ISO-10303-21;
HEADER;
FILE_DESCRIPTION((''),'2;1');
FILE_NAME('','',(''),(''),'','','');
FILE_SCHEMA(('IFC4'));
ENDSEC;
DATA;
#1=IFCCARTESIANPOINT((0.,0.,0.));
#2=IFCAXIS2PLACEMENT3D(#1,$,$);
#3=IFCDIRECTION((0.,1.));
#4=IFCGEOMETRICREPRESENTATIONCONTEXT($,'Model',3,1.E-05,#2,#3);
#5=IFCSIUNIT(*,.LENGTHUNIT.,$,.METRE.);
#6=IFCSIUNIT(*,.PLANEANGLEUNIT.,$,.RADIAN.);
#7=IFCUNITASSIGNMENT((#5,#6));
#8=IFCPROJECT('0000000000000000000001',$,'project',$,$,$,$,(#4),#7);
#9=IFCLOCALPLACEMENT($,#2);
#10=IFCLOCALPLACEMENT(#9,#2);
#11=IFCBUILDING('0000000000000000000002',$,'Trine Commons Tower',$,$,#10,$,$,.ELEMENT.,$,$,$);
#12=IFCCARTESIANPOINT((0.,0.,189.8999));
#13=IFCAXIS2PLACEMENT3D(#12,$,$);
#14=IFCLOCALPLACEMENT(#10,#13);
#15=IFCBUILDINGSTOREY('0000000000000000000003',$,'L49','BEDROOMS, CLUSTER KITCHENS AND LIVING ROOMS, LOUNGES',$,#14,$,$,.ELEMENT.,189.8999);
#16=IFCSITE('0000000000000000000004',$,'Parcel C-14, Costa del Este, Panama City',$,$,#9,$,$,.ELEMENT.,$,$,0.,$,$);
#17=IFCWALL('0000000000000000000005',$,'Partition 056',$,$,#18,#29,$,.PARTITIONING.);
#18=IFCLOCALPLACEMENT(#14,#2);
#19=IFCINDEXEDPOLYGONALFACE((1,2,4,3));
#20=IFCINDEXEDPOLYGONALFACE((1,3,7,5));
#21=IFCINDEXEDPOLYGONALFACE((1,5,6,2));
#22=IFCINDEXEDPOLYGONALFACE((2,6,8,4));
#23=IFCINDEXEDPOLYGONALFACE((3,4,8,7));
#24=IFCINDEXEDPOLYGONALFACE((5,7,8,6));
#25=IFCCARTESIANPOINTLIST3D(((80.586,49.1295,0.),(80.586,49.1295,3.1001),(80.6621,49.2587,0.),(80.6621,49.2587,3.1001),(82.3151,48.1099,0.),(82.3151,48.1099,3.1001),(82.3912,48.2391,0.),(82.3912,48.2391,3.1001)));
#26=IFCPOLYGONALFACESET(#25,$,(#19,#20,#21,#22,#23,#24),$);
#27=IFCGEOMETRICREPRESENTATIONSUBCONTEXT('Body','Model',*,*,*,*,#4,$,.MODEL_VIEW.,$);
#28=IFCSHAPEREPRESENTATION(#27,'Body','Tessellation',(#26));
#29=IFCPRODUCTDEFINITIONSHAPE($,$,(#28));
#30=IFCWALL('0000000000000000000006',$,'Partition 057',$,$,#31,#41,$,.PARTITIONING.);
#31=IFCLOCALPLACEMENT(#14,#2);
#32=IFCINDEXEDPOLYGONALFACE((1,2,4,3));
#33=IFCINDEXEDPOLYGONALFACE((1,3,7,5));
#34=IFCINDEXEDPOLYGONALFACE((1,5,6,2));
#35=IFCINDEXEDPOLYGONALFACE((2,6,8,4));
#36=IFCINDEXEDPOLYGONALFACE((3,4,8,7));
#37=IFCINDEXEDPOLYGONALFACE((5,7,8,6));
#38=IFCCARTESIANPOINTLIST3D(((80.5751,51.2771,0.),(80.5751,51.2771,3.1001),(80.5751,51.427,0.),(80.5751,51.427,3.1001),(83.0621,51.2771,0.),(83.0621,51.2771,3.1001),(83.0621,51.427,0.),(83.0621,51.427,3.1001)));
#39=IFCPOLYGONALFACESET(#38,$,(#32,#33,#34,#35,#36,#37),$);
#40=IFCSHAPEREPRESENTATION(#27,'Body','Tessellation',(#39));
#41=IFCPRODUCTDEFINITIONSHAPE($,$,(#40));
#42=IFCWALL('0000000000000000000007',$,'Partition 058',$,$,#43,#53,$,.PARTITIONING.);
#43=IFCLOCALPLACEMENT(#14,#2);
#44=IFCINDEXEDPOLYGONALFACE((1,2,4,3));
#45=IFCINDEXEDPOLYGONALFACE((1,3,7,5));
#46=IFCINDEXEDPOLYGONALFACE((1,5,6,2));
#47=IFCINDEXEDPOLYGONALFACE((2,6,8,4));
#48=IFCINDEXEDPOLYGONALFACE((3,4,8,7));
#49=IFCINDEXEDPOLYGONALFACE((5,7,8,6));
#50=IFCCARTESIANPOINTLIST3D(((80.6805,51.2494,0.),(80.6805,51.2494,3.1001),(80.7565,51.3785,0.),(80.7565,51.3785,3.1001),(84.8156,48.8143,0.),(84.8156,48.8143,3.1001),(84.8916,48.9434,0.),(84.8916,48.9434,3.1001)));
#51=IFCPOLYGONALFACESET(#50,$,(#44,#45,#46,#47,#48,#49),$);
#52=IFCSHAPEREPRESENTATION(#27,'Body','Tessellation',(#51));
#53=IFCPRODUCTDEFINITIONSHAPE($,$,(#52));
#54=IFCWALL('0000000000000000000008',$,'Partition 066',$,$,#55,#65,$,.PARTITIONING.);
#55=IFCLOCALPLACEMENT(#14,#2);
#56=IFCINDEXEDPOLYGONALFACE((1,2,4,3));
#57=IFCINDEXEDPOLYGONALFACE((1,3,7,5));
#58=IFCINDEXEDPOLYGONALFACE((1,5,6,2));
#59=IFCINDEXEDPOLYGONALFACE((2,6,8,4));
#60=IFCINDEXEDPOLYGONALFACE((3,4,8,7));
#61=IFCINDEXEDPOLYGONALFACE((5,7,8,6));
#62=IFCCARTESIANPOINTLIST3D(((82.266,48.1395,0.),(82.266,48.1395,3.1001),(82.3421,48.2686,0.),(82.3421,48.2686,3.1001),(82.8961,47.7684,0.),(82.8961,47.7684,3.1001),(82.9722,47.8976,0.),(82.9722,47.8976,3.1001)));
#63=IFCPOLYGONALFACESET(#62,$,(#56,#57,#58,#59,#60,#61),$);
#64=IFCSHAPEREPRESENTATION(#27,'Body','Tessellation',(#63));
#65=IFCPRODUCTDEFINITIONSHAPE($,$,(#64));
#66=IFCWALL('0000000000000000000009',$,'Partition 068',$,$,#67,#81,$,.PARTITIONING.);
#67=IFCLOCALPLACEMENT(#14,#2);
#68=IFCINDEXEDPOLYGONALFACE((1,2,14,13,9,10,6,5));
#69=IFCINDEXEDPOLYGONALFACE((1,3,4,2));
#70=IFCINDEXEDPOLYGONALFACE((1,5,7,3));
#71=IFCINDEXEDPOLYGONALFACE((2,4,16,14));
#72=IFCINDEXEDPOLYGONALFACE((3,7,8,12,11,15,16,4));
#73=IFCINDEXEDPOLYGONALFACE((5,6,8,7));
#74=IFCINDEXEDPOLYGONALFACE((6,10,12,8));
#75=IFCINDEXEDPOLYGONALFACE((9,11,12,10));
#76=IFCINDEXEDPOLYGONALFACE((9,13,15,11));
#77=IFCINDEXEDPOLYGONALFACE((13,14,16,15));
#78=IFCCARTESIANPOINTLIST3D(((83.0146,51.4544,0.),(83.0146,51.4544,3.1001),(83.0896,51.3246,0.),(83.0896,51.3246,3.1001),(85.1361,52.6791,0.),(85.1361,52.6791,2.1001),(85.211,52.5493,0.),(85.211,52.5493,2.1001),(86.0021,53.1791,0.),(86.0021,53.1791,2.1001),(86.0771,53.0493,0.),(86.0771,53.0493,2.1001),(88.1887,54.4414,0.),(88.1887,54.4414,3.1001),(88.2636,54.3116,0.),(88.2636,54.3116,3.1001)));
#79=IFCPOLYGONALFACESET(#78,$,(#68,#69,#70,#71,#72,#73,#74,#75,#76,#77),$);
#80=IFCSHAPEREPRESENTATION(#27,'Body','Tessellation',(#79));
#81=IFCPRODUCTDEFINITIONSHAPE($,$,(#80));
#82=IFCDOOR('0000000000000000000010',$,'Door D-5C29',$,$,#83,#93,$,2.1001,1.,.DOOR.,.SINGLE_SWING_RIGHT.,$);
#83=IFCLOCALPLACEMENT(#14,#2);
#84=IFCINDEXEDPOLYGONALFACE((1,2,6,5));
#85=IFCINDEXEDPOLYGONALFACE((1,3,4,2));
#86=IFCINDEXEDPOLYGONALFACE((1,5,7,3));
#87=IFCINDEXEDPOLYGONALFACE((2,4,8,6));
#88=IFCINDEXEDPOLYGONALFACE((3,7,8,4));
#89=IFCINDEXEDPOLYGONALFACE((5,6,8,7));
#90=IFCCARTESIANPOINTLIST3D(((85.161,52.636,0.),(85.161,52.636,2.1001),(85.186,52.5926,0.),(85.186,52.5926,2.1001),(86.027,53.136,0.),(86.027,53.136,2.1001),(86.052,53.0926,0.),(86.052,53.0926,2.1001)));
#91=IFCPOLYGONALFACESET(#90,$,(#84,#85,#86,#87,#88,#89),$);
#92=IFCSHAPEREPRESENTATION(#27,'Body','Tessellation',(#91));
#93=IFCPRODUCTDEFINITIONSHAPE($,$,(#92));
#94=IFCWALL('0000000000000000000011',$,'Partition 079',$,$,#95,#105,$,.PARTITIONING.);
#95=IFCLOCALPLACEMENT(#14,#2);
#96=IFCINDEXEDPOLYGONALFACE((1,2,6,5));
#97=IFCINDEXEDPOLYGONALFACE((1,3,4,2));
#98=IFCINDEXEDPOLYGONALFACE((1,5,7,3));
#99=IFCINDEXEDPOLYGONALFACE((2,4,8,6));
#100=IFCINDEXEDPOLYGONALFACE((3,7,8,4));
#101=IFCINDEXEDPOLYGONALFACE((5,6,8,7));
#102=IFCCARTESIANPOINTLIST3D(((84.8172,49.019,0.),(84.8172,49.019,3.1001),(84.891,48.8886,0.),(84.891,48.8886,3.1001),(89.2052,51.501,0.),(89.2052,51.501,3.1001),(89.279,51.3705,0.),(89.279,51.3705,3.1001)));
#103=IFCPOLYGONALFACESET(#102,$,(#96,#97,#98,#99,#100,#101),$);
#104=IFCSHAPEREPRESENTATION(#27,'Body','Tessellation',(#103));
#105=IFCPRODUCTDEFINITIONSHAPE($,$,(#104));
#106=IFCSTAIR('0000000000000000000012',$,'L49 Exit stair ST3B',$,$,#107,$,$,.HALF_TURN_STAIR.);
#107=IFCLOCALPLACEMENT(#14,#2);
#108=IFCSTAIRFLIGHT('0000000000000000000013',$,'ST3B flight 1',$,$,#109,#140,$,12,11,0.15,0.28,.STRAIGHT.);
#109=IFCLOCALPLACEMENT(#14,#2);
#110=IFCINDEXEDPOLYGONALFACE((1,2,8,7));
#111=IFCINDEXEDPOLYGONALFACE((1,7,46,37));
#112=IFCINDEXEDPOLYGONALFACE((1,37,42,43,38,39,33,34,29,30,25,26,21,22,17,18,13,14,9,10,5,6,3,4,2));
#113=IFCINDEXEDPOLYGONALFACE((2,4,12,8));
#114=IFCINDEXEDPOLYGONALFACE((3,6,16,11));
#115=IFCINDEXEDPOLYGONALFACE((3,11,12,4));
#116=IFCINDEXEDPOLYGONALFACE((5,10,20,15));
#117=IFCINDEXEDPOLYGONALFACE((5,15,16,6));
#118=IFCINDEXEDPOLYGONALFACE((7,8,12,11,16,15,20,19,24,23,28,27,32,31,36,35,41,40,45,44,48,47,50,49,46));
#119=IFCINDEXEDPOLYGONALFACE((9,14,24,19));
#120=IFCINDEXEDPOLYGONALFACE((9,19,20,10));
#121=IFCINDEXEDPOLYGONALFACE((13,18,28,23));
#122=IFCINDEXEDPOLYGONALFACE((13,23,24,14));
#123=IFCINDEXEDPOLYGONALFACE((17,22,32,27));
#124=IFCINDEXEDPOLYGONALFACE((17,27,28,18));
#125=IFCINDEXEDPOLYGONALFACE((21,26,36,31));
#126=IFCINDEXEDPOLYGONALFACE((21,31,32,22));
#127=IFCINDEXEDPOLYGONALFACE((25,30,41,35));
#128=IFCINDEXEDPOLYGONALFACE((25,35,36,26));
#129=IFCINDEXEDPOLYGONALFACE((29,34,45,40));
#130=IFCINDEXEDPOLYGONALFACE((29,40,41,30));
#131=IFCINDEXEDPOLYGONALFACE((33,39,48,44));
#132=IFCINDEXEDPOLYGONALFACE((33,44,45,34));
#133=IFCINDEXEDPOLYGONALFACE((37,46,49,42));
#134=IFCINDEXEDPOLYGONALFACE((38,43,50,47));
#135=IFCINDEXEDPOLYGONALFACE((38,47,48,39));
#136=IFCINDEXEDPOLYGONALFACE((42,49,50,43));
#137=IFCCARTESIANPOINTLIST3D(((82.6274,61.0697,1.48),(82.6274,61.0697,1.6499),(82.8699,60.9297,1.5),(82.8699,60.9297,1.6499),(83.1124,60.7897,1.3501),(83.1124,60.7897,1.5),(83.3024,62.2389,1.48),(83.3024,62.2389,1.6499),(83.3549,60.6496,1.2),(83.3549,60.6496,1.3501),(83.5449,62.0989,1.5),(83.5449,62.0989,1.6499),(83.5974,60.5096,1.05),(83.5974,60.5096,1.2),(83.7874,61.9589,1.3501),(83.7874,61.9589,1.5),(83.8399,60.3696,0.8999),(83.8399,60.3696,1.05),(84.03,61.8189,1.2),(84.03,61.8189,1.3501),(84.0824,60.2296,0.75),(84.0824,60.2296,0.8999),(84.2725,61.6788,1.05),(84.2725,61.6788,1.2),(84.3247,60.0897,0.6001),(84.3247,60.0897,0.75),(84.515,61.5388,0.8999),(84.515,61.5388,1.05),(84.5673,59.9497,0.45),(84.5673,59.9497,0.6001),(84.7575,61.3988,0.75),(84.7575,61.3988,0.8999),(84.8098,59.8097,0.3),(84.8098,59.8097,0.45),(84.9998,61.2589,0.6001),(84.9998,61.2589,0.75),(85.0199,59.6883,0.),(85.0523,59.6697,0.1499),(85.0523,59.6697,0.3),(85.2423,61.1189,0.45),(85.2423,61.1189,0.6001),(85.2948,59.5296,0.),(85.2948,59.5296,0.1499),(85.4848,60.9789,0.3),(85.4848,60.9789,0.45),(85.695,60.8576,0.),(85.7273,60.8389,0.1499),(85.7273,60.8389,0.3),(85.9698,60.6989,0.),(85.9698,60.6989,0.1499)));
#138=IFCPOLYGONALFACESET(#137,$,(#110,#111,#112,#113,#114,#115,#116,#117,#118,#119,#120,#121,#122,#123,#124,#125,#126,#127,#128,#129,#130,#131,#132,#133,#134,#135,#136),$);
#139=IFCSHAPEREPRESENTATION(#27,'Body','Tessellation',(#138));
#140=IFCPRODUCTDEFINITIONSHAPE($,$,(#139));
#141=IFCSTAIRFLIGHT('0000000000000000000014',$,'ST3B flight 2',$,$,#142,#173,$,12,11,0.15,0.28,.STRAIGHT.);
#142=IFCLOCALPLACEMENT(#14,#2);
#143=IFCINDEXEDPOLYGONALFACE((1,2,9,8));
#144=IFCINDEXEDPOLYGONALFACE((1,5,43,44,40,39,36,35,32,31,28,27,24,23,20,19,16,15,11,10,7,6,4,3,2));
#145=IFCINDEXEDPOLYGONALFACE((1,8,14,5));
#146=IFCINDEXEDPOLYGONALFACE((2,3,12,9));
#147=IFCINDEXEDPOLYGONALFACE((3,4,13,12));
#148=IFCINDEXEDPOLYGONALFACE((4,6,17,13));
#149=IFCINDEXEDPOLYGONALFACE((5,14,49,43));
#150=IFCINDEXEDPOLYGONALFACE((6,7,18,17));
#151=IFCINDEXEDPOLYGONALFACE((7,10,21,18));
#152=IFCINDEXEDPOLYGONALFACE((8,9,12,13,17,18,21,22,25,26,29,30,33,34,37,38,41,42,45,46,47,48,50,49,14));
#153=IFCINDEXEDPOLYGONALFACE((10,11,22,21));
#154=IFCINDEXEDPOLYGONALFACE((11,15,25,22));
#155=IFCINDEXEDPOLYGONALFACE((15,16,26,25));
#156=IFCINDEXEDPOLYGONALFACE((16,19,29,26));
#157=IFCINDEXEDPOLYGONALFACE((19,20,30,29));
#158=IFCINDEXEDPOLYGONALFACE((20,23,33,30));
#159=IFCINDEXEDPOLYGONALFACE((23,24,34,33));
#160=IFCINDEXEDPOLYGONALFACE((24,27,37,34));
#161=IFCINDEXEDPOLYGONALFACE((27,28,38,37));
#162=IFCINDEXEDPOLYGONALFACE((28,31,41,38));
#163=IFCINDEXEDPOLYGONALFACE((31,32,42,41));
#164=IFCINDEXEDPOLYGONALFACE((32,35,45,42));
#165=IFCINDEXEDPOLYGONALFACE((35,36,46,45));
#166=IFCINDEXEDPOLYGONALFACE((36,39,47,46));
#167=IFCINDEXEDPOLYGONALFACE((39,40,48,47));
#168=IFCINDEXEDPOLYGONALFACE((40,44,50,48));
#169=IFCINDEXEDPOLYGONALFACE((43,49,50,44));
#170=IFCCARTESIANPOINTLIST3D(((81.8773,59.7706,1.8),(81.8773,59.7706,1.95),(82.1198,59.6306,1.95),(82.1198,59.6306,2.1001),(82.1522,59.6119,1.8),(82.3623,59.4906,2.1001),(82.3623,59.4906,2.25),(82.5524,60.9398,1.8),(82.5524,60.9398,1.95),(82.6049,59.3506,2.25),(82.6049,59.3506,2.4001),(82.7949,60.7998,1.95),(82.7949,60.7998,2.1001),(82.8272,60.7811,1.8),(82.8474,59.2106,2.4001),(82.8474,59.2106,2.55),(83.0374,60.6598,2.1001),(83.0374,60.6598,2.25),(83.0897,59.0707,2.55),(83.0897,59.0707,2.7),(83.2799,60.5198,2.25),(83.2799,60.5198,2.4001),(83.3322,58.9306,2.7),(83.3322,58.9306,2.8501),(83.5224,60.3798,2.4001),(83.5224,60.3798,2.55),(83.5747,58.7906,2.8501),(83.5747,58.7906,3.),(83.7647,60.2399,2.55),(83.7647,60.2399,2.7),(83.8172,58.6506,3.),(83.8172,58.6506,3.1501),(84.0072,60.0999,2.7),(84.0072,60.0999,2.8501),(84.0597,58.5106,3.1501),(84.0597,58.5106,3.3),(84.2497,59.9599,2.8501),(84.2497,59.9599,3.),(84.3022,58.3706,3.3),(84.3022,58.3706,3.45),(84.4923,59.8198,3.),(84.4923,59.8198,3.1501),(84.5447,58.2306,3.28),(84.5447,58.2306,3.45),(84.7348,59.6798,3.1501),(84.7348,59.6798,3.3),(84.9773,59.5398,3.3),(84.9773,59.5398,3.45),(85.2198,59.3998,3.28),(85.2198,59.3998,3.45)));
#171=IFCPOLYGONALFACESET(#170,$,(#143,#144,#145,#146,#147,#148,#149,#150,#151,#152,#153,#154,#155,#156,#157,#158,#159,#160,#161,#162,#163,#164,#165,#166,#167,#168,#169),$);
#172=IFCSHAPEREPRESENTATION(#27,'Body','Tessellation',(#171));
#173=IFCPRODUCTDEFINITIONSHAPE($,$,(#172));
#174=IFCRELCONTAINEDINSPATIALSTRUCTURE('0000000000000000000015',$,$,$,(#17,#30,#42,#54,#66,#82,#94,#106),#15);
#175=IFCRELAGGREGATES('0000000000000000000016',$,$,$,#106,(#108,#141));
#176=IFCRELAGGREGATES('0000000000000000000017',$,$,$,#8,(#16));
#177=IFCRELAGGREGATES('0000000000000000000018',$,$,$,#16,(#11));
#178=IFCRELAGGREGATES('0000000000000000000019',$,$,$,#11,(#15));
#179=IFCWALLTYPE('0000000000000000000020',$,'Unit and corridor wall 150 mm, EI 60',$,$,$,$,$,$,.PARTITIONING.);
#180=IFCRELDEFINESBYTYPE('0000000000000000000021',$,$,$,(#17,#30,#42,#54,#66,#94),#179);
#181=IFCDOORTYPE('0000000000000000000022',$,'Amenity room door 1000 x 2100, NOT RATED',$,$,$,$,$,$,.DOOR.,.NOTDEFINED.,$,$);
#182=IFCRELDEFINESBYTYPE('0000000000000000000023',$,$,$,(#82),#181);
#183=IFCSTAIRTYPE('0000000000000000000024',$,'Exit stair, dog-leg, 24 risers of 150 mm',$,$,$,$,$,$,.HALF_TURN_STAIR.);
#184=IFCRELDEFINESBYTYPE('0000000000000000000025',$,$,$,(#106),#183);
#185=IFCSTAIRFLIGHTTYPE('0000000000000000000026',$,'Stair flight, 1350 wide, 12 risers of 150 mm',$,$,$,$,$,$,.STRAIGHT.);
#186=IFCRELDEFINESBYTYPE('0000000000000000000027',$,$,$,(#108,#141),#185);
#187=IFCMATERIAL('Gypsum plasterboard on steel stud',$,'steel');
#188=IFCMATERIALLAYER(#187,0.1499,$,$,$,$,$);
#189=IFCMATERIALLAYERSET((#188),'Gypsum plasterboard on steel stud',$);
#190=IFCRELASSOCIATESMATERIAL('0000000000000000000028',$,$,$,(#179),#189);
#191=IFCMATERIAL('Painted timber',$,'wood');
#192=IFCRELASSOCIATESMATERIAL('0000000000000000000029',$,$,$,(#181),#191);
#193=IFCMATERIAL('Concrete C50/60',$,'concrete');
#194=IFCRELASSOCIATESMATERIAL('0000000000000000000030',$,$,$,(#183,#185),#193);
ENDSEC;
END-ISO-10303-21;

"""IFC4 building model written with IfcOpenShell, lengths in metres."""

from ifc_helpers import new_model, si_unit, direction, frame, frame_2d, origin, place, context, subcontext, project, spatial, polyline, rectangle, outline, extrude, material, layer, layer_set, type_object, element, fill, aggregate, save


model = new_model("IFC4")

# Units and contexts
model_context = context("Model", 3, precision=1e-05, world=origin(), true_north=direction((0.0, 1.0)))
body_context = subcontext(model_context, "Body", "Model", "MODEL_VIEW")
ifc_project = project(units=[si_unit("LENGTHUNIT", "METRE"), si_unit("PLANEANGLEUNIT", "RADIAN")], contexts=[model_context])

# Site, building, storey
site_placement = place(None, origin())
site = spatial("IfcSite", under=ifc_project, at=site_placement, Name="Parcel C-14, Costa del Este, Panama City", CompositionType="ELEMENT", RefElevation=0.0)
building_placement = place(site_placement, origin())
building = spatial("IfcBuilding", under=site, at=building_placement, Name="Trine Commons Tower", CompositionType="ELEMENT")
storey_placement = place(building_placement, frame((0.0, 0.0, 189.8999)))
storey = spatial("IfcBuildingStorey", under=building, at=storey_placement, Name="L49", Description="BEDROOMS, CLUSTER KITCHENS AND LIVING ROOMS, LOUNGES", CompositionType="ELEMENT", Elevation=189.8999)

# Walls
ifc_material_1 = material(Name="Gypsum plasterboard on steel stud", Category="steel")
ifc_layer_1 = layer(ifc_material_1, 0.1499)
ifc_layer_set_1 = layer_set([ifc_layer_1], Name="Gypsum plasterboard on steel stud")
wall_type_1 = type_object("IfcWallType", Name="Unit and corridor wall 150 mm, EI 60", PredefinedType="PARTITIONING", material=ifc_layer_set_1)
wall_1_placement = place(storey_placement, frame((80.624, 49.1941, 0.0), z_axis=(0.0, 0.0, 1.0), x_axis=(0.861396, -0.507934, 0.0)))
element("IfcWall", 1, at=wall_1_placement, inside=storey, type_object=wall_type_1, Name="Partition 056", PredefinedType="PARTITIONING", context=body_context, shape_type="SweptSolid", body=[
    extrude(rectangle(XDim=2.0073, YDim=0.1499, at=frame_2d((1.0037, 0.0))), origin(), (0.0, 0.0, 1.0), 3.1001),
])
wall_2_placement = place(storey_placement, frame((80.575, 51.3521, 0.0), z_axis=(0.0, 0.0, 1.0), x_axis=(1.0, 0.0, 0.0)))
element("IfcWall", 2, at=wall_2_placement, inside=storey, type_object=wall_type_1, Name="Partition 057", PredefinedType="PARTITIONING", context=body_context, shape_type="SweptSolid", body=[
    extrude(rectangle(XDim=2.4871, YDim=0.1499, at=frame_2d((1.2437, 0.0))), origin(), (0.0, 0.0, 1.0), 3.1001),
])
wall_3_placement = place(storey_placement, frame((80.7185, 51.314, 0.0), z_axis=(0.0, 0.0, 1.0), x_axis=(0.861688, -0.507438, 0.0)))
element("IfcWall", 3, at=wall_3_placement, inside=storey, type_object=wall_type_1, Name="Partition 058", PredefinedType="PARTITIONING", context=body_context, shape_type="SweptSolid", body=[
    extrude(rectangle(XDim=4.7988, YDim=0.1499, at=frame_2d((2.3994, 0.0))), origin(), (0.0, 0.0, 1.0), 3.1001),
])
wall_4_placement = place(storey_placement, frame((82.304, 48.2041, 0.0), z_axis=(0.0, 0.0, 1.0), x_axis=(0.861677, -0.507458, 0.0)))
element("IfcWall", 4, at=wall_4_placement, inside=storey, type_object=wall_type_1, Name="Partition 066", PredefinedType="PARTITIONING", context=body_context, shape_type="SweptSolid", body=[
    extrude(rectangle(XDim=0.7312, YDim=0.1499, at=frame_2d((0.3657, 0.0))), origin(), (0.0, 0.0, 1.0), 3.1001),
])

# Wall, opening, door
wall_5_placement = place(storey_placement, frame((83.052, 51.3894, 0.0), z_axis=(0.0, 0.0, 1.0), x_axis=(0.866039, 0.499976, 0.0)))
wall_5 = element("IfcWall", 5, at=wall_5_placement, inside=storey, type_object=wall_type_1, Name="Partition 068", PredefinedType="PARTITIONING", context=body_context, shape_type="SweptSolid", body=[
    extrude(rectangle(XDim=5.9744, YDim=0.1499, at=frame_2d((2.9873, 0.0))), origin(), (0.0, 0.0, 1.0), 3.1001),
])
opening_1_placement = place(wall_5_placement, frame((2.4497, 0.0, 0.0)))
opening_1 = element("IfcOpeningElement", 6, at=opening_1_placement, cuts=wall_5, PredefinedType="OPENING", context=body_context, shape_type="SweptSolid", body=[
    extrude(rectangle(XDim=1.0, YDim=2.1001, at=frame_2d((0.5, 1.05))), frame((0.0, 0.085, 0.0), z_axis=(0.0, -1.0, 0.0), x_axis=(1.0, 0.0, 0.0)), (0.0, 0.0, 1.0), 0.1699),
])
ifc_material_2 = material(Name="Painted timber", Category="wood")
door_type_1 = type_object("IfcDoorType", Name="Amenity room door 1000 x 2100, NOT RATED", OperationType="NOTDEFINED", PredefinedType="DOOR", material=ifc_material_2)
door_1_placement = place(opening_1_placement, frame((1.0, 0.0, 0.0), z_axis=(0.0, 0.0, 1.0), x_axis=(-1.0, 0.0, 0.0)))
door_1 = element("IfcDoor", 7, at=door_1_placement, inside=storey, type_object=door_type_1, Name="Door D-5C29", OperationType="SINGLE_SWING_RIGHT", OverallHeight=2.1001, OverallWidth=1.0, PredefinedType="DOOR", context=body_context, shape_type="SweptSolid", body=[
    extrude(rectangle(XDim=1.0, YDim=2.1001, at=frame_2d((0.5, 1.05))), frame((0.0, 0.0249, 0.0), z_axis=(0.0, -1.0, 0.0), x_axis=(1.0, 0.0, 0.0)), (0.0, 0.0, 1.0), 0.05),
])
fill(opening_1, door_1)

# Wall
wall_6_placement = place(storey_placement, frame((84.8542, 48.9539, 0.0), z_axis=(0.0, 0.0, 1.0), x_axis=(0.87041, 0.492327, 0.0)))
element("IfcWall", 8, at=wall_6_placement, inside=storey, type_object=wall_type_1, Name="Partition 079", PredefinedType="PARTITIONING", context=body_context, shape_type="SweptSolid", body=[
    extrude(rectangle(XDim=5.0413, YDim=0.1499, at=frame_2d((2.5205, 0.0))), origin(), (0.0, 0.0, 1.0), 3.1001),
])

# Stair, stair flights
ifc_material_3 = material(Name="Concrete C50/60", Category="concrete")
stair_type = type_object("IfcStairType", Name="Exit stair, dog-leg, 24 risers of 150 mm", PredefinedType="HALF_TURN_STAIR", material=ifc_material_3)
stair_placement = place(storey_placement, origin())
stair = element("IfcStair", 9, at=stair_placement, inside=storey, type_object=stair_type, Name="L49 Exit stair ST3B", PredefinedType="HALF_TURN_STAIR")
stair_flight_type = type_object("IfcStairFlightType", Name="Stair flight, 1350 wide, 12 risers of 150 mm", PredefinedType="STRAIGHT", material=ifc_material_3)
stair_flight_1_placement = place(storey_placement, frame((85.6323, 60.1143, 0.0), z_axis=(0.0, 0.0, 1.0), x_axis=(-0.866025, 0.5, 0.0)))
stair_flight_1 = element("IfcStairFlight", 10, at=stair_flight_1_placement, type_object=stair_flight_type, Name="ST3B flight 1", NumberOfRisers=12, NumberOfTreads=11, PredefinedType="STRAIGHT", RiserHeight=0.15, TreadLength=0.28, context=body_context, shape_type="SweptSolid", body=[
    extrude(outline(polyline([(0.0, 0.0), (0.0, 0.1499), (0.28, 0.1499), (0.28, 0.3), (0.5601, 0.3), (0.5601, 0.45), (0.8401, 0.45), (0.8401, 0.6001), (1.1201, 0.6001), (1.1201, 0.75), (1.3999, 0.75), (1.3999, 0.8999), (1.6799, 0.8999), (1.6799, 1.05), (1.96, 1.05), (1.96, 1.2), (2.24, 1.2), (2.24, 1.3501), (2.52, 1.3501), (2.52, 1.5), (2.8, 1.5), (2.8, 1.6499), (3.0801, 1.6499), (3.0801, 1.8), (3.0801, 1.48), (0.3174, 0.0), (0.0, 0.0)])), frame((0.0, 0.675, 0.0), z_axis=(0.0, -1.0, 0.0), x_axis=(1.0, 0.0, 0.0)), (0.0, 0.0, 1.0), 1.3501),
])
stair_flight_2_placement = place(storey_placement, frame((82.2148, 60.3552, 1.8), z_axis=(0.0, 0.0, 1.0), x_axis=(0.866025, -0.5, 0.0)))
stair_flight_2 = element("IfcStairFlight", 11, at=stair_flight_2_placement, type_object=stair_flight_type, Name="ST3B flight 2", NumberOfRisers=12, NumberOfTreads=11, PredefinedType="STRAIGHT", RiserHeight=0.15, TreadLength=0.28, context=body_context, shape_type="SweptSolid", body=[
    extrude(outline(polyline([(0.0, 0.0), (0.0, 0.1499), (0.28, 0.1499), (0.28, 0.3), (0.5601, 0.3), (0.5601, 0.45), (0.8401, 0.45), (0.8401, 0.6001), (1.1201, 0.6001), (1.1201, 0.75), (1.3999, 0.75), (1.3999, 0.8999), (1.6799, 0.8999), (1.6799, 1.05), (1.96, 1.05), (1.96, 1.2), (2.24, 1.2), (2.24, 1.3501), (2.52, 1.3501), (2.52, 1.5), (2.8, 1.5), (2.8, 1.6499), (3.0801, 1.6499), (3.0801, 1.8), (3.0801, 1.48), (0.3174, 0.0), (0.0, 0.0)])), frame((0.0, 0.675, 0.0), z_axis=(0.0, -1.0, 0.0), x_axis=(1.0, 0.0, 0.0)), (0.0, 0.0, 1.0), 1.3501),
])
aggregate(stair, [stair_flight_1, stair_flight_2])

save(model, "model.ifc")
